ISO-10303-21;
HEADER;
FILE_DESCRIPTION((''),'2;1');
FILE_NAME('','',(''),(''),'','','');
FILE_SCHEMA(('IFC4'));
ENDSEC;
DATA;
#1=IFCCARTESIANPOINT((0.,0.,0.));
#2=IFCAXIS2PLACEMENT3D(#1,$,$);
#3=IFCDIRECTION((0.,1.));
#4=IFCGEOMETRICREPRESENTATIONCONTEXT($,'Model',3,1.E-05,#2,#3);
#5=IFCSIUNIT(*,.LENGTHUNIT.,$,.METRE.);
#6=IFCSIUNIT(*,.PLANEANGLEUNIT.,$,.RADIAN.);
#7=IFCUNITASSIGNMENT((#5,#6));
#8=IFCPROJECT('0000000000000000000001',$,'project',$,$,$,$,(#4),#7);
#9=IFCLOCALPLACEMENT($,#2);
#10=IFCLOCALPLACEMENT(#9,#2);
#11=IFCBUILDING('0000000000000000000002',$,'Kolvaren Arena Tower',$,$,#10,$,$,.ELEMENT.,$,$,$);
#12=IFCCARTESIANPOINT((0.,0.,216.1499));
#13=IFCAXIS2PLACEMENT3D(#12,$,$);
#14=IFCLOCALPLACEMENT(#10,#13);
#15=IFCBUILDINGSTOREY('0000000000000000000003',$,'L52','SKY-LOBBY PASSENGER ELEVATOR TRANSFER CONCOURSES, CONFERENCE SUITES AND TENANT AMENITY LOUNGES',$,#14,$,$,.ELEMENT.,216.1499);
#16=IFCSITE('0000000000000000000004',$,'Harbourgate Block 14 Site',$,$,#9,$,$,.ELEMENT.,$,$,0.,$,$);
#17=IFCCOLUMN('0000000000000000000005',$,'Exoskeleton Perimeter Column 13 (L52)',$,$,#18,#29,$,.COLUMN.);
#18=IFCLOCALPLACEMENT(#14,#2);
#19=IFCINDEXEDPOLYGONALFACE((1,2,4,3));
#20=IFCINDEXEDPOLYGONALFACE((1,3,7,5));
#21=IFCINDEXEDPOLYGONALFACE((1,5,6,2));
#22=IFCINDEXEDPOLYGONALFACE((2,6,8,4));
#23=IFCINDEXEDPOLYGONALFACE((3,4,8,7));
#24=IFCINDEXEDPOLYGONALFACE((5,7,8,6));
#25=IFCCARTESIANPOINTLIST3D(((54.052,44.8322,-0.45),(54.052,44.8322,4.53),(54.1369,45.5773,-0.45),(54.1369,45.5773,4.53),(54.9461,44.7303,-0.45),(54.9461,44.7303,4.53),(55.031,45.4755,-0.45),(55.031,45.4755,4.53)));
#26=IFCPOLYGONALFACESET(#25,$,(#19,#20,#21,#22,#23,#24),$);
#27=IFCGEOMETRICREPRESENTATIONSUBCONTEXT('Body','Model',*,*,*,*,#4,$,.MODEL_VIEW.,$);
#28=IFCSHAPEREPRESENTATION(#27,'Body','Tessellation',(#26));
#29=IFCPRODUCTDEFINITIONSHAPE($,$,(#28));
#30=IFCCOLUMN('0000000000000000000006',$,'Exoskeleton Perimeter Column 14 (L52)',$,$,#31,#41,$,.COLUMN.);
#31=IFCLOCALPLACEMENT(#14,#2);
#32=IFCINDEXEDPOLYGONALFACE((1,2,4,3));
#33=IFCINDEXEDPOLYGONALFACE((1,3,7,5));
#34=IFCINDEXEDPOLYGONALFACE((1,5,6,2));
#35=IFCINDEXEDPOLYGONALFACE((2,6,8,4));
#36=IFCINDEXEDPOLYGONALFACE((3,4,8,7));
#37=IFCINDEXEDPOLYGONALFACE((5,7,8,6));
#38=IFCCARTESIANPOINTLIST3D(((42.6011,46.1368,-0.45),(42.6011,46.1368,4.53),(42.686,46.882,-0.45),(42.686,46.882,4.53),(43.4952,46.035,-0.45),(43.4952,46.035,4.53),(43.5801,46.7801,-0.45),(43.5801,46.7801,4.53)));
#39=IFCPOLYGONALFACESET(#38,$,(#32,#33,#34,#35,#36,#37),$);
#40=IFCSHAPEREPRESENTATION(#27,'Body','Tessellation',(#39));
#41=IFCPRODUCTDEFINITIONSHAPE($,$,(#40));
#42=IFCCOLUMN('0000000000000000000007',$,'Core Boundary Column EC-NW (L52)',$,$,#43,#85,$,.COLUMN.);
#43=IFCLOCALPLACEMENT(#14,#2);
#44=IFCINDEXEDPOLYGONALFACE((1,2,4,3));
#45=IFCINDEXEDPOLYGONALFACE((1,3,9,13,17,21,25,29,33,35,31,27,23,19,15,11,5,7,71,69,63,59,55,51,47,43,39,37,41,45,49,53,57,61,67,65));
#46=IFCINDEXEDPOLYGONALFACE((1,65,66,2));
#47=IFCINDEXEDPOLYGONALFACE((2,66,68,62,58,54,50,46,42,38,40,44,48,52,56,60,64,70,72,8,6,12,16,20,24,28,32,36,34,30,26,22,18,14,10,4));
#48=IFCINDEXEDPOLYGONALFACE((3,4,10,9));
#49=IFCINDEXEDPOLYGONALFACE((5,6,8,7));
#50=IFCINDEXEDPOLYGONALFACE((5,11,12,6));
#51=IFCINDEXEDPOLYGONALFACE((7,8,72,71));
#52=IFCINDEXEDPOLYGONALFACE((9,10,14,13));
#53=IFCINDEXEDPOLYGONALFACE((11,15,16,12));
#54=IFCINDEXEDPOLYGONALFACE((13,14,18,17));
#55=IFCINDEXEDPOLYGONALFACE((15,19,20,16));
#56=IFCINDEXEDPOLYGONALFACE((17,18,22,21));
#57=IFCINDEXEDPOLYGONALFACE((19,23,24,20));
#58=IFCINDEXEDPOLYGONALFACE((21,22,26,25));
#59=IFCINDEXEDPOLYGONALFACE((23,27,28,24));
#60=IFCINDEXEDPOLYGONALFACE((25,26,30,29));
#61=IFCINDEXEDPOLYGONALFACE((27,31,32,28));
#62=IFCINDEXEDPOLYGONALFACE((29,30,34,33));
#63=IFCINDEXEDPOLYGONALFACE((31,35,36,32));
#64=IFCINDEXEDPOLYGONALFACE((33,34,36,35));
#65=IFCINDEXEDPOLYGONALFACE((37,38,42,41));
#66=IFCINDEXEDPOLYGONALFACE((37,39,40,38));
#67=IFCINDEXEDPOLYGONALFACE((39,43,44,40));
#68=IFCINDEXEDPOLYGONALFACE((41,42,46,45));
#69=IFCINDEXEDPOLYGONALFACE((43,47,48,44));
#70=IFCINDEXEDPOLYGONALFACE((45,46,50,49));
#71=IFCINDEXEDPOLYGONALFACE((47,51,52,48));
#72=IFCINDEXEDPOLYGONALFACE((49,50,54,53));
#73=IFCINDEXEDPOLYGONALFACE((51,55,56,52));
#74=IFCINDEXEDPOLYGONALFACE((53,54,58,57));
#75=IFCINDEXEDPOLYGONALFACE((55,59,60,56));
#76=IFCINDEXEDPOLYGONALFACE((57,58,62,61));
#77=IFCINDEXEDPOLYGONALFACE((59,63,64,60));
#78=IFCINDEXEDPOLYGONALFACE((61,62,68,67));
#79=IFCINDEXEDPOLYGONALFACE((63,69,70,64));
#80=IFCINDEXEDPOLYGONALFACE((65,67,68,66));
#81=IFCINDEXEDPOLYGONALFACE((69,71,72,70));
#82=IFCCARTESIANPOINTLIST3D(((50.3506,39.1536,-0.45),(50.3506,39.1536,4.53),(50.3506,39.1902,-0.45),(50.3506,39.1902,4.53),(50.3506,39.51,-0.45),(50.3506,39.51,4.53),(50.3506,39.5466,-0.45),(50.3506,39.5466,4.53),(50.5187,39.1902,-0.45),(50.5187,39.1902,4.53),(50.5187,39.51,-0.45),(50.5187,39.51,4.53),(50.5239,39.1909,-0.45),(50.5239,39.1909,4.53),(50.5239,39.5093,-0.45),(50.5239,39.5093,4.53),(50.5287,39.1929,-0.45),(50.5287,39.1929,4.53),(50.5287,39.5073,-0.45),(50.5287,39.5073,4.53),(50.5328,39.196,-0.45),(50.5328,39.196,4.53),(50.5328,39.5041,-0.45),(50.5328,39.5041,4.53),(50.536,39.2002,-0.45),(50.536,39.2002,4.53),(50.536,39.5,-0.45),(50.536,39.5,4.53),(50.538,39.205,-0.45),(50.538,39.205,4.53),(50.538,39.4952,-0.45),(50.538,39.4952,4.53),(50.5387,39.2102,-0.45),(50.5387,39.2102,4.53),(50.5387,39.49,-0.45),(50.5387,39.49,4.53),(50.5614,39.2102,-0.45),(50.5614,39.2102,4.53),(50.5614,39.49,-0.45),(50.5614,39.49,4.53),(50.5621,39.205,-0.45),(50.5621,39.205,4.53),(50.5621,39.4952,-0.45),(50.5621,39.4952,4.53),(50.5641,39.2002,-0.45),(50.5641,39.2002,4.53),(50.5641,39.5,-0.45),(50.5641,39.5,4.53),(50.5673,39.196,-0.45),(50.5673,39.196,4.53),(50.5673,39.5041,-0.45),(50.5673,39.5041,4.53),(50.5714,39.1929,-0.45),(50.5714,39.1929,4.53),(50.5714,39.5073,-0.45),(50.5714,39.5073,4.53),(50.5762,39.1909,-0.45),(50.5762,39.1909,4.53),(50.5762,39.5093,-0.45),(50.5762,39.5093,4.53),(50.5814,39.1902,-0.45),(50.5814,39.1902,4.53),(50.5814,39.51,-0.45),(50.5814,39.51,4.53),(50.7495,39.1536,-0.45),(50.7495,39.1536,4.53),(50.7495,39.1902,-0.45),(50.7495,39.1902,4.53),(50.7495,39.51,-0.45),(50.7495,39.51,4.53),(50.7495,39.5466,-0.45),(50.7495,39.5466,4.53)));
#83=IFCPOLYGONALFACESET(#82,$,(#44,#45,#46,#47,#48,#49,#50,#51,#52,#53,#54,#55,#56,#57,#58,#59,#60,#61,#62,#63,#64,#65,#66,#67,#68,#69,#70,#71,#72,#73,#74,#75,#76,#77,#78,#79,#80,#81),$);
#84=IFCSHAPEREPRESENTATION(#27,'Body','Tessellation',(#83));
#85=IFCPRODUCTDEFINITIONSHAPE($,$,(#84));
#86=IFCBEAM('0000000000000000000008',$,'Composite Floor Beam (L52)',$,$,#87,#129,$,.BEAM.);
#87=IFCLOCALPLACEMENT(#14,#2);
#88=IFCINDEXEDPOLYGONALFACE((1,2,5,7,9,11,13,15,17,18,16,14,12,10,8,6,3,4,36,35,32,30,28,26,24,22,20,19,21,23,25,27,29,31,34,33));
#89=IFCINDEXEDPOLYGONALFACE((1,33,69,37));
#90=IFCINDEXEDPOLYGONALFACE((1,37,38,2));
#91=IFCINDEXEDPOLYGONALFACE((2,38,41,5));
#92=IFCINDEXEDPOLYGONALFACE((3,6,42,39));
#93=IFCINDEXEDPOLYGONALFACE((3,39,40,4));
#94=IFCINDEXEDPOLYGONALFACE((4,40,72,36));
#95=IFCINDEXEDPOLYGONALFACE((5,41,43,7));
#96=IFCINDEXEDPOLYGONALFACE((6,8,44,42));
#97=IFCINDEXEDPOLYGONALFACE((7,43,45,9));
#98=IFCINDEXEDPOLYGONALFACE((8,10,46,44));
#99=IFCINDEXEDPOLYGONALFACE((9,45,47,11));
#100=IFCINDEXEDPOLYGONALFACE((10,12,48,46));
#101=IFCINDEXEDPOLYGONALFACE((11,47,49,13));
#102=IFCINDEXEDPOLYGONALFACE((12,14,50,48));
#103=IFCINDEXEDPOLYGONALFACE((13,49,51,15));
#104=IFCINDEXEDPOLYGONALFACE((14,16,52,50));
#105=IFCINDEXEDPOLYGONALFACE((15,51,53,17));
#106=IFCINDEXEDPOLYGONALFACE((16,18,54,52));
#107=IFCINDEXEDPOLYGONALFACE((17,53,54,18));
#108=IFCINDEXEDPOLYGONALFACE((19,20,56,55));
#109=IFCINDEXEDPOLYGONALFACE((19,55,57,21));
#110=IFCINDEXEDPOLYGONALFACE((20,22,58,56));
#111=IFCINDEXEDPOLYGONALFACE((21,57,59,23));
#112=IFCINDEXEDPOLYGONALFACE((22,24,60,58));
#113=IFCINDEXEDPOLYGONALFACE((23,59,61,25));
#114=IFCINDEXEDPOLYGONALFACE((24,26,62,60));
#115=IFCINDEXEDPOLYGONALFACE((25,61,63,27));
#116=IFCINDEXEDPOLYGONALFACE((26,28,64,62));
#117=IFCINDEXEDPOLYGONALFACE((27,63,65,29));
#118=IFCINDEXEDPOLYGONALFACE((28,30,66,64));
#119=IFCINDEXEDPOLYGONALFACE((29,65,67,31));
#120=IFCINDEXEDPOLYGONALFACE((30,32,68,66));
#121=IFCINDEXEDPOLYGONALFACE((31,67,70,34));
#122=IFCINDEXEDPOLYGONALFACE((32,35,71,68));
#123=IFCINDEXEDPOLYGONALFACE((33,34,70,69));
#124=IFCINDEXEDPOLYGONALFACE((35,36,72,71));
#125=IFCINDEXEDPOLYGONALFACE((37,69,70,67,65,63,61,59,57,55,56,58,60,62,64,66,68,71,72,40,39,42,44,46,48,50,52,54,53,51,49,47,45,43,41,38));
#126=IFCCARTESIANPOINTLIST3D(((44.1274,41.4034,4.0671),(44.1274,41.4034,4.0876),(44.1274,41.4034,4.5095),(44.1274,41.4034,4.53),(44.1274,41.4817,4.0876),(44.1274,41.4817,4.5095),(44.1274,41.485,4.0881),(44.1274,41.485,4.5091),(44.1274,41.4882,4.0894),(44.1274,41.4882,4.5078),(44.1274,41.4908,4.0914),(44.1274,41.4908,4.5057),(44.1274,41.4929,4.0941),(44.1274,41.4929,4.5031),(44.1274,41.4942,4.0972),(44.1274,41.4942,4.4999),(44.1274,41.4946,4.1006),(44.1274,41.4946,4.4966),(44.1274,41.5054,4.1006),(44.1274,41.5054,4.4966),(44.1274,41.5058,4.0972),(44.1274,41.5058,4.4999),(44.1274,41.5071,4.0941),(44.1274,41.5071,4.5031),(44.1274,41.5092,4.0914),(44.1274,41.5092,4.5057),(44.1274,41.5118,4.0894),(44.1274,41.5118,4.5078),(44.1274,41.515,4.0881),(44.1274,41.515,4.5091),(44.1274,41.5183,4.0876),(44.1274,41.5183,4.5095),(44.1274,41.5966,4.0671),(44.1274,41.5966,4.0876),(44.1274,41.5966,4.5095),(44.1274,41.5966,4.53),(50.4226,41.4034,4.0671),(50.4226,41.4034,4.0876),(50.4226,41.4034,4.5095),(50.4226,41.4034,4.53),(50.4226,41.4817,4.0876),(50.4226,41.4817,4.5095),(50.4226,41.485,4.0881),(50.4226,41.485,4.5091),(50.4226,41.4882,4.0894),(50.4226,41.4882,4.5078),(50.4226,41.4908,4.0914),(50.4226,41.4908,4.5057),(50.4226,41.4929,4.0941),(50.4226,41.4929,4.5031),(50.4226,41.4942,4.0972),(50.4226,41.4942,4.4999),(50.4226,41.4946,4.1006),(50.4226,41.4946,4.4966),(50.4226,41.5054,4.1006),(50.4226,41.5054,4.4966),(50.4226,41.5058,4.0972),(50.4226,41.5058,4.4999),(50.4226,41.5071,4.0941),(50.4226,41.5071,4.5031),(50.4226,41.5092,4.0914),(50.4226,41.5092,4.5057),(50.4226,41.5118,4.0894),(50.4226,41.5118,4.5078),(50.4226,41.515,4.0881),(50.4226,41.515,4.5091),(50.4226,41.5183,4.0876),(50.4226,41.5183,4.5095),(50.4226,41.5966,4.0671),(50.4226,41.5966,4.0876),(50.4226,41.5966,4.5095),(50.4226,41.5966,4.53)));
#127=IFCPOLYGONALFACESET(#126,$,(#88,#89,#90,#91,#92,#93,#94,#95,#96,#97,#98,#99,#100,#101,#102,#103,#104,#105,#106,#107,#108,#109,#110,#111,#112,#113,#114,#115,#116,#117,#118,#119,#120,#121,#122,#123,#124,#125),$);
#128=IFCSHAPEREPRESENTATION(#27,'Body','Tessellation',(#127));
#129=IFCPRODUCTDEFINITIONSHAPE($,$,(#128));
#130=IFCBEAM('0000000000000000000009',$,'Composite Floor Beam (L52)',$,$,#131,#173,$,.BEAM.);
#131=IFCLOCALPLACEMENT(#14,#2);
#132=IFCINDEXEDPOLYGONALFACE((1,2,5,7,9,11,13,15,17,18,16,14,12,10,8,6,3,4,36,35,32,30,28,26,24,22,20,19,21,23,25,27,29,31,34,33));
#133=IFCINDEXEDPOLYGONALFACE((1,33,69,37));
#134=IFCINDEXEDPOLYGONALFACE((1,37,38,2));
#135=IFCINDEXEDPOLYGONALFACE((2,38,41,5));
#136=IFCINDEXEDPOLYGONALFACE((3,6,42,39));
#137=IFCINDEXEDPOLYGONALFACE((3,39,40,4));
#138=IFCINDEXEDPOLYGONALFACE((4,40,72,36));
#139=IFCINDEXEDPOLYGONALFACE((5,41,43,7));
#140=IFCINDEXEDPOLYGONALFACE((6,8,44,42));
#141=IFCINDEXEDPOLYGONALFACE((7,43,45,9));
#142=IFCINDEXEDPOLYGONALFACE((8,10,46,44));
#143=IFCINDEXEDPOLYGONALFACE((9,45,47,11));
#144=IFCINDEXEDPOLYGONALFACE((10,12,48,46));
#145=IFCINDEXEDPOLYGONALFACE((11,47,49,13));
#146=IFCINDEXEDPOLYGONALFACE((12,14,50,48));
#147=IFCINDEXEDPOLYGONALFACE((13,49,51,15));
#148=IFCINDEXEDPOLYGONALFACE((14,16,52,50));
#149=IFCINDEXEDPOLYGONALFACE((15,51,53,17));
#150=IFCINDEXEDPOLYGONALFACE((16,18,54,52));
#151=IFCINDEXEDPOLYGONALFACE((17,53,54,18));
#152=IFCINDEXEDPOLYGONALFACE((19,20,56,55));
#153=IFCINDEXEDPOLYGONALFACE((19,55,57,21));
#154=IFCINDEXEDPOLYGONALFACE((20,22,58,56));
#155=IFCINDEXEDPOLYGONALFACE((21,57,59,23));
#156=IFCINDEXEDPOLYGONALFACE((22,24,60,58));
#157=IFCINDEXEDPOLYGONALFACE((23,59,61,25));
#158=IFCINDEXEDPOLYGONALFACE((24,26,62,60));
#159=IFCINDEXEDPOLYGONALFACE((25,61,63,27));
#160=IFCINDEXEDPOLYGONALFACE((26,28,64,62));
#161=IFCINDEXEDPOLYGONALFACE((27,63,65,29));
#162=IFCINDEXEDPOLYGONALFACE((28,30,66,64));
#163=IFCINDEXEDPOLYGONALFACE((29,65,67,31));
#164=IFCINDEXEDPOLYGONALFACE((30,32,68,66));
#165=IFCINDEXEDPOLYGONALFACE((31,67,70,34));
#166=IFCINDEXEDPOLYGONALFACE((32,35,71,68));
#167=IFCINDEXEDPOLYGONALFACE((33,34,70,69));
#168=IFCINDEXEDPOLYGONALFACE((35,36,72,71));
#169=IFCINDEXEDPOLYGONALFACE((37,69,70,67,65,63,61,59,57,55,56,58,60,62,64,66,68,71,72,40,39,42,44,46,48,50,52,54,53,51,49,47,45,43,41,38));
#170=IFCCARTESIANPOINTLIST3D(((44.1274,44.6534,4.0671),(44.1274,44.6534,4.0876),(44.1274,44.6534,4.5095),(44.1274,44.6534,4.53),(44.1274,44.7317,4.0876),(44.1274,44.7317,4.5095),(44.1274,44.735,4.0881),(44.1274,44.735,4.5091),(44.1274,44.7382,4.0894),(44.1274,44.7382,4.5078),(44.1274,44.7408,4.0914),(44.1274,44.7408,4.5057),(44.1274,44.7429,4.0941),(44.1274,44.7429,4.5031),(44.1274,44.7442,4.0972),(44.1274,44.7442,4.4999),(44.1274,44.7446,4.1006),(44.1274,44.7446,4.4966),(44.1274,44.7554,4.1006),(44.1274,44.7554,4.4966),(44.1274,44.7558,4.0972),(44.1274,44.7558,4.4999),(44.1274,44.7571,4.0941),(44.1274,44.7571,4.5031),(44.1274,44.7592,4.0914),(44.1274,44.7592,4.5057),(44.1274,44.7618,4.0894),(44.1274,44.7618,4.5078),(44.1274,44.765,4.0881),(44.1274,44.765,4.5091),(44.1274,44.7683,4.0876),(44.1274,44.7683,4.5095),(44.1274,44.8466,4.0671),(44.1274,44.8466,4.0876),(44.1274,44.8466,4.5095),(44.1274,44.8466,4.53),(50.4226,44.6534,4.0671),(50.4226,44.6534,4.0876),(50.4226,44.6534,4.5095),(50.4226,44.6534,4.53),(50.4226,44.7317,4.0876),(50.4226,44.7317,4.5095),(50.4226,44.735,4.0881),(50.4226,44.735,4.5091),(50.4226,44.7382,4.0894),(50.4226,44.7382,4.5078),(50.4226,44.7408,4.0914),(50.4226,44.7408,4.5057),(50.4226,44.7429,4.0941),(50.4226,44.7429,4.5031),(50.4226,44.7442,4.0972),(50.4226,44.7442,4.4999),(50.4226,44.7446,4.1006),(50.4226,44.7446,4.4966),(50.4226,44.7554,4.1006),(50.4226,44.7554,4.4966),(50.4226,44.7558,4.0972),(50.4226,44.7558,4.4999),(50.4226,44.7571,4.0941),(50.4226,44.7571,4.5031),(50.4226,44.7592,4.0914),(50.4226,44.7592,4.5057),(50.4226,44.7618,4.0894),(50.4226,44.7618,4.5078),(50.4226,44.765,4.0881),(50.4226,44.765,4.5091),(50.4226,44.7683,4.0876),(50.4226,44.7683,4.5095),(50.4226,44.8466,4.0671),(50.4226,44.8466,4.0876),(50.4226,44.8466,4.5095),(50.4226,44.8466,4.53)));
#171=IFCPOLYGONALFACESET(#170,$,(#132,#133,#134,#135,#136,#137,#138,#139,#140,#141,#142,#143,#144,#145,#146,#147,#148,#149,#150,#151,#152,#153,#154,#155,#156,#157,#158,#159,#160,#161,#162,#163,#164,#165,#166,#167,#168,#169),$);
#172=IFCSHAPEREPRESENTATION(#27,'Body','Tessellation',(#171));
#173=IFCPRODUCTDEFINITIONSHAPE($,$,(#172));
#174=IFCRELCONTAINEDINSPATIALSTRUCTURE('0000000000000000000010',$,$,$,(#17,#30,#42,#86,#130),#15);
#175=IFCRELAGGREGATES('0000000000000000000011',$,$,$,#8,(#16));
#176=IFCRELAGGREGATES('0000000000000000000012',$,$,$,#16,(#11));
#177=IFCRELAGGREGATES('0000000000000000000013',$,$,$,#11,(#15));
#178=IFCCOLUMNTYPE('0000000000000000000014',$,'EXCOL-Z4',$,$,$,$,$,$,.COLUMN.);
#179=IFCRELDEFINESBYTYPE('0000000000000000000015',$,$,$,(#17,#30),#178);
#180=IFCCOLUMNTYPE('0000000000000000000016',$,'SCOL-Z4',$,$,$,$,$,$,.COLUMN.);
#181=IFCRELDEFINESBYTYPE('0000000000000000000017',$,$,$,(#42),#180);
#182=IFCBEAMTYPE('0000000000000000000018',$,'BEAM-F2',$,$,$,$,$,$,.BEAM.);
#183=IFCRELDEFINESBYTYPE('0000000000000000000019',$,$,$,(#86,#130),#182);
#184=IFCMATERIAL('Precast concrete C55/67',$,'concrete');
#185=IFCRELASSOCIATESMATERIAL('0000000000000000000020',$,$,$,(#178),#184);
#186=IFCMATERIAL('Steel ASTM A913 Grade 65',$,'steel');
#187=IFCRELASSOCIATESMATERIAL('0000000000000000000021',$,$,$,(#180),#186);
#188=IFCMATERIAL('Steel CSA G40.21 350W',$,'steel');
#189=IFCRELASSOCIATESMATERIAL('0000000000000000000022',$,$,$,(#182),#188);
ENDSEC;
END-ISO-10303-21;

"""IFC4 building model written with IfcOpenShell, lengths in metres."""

from ifc_helpers import new_model, si_unit, direction, frame, origin, origin_2d, place, context, subcontext, project, spatial, rectangle, i_section, extrude, material, material_profile, profile_set, type_object, element, save


model = new_model("IFC4")

# Units and contexts
model_context = context("Model", 3, precision=1e-05, world=origin(), true_north=direction((0.0, 1.0)))
body_context = subcontext(model_context, "Body", "Model", "MODEL_VIEW")
ifc_project = project(units=[si_unit("LENGTHUNIT", "METRE"), si_unit("PLANEANGLEUNIT", "RADIAN")], contexts=[model_context])

# Site, building, storey
site_placement = place(None, origin())
site = spatial("IfcSite", under=ifc_project, at=site_placement, Name="Harbourgate Block 14 Site", CompositionType="ELEMENT", RefElevation=0.0)
building_placement = place(site_placement, origin())
building = spatial("IfcBuilding", under=site, at=building_placement, Name="Kolvaren Arena Tower", CompositionType="ELEMENT")
storey_placement = place(building_placement, frame((0.0, 0.0, 216.1499)))
storey = spatial("IfcBuildingStorey", under=building, at=storey_placement, Name="L52", Description="SKY-LOBBY PASSENGER ELEVATOR TRANSFER CONCOURSES, CONFERENCE SUITES AND TENANT AMENITY LOUNGES", CompositionType="ELEMENT", Elevation=216.1499)

# Columns
ifc_material_1 = material(Name="Precast concrete C55/67", Category="concrete")
ifc_material_profile_1 = material_profile(ifc_material_1, rectangle(XDim=0.8999, YDim=0.75, at=origin_2d()), Name="RC-900x750")
ifc_profile_set_1 = profile_set([ifc_material_profile_1], Name="Precast concrete C55/67")
column_type_1 = type_object("IfcColumnType", Name="EXCOL-Z4", PredefinedType="COLUMN", material=ifc_profile_set_1)
for number, where, z_axis, x_axis, name in (
    (1, (54.5415, 45.1538, -0.45), (0.0, 0.0, 1.0), (0.993572, -0.113203, 0.0), "Exoskeleton Perimeter Column 13 (L52)"),
    (2, (43.0906, 46.4585, -0.45), (0.0, 0.0, 1.0), (0.993572, -0.113203, 0.0), "Exoskeleton Perimeter Column 14 (L52)"),
):
    element("IfcColumn", number, at=place(storey_placement, frame(where, z_axis=z_axis, x_axis=x_axis)), inside=storey, type_object=column_type_1, Name=name, PredefinedType="COLUMN", context=body_context, shape_type="SweptSolid", body=[
        extrude(rectangle(XDim=0.8999, YDim=0.75, at=origin_2d()), origin(), (0.0, 0.0, 1.0), 4.98),
    ])
ifc_material_2 = material(Name="Steel ASTM A913 Grade 65", Category="steel")
ifc_material_profile_2 = material_profile(ifc_material_2, i_section(OverallWidth=0.3989, OverallDepth=0.3931, WebThickness=0.0227, FlangeThickness=0.0366, FilletRadius=0.02, at=origin_2d()), Name="W360x287")
ifc_profile_set_2 = profile_set([ifc_material_profile_2], Name="Steel ASTM A913 Grade 65")
column_type_2 = type_object("IfcColumnType", Name="SCOL-Z4", PredefinedType="COLUMN", material=ifc_profile_set_2)
column_placement = place(storey_placement, frame((50.55, 39.3501, -0.45), z_axis=(0.0, 0.0, 1.0), x_axis=(1.0, 0.0, 0.0)))
element("IfcColumn", 3, at=column_placement, inside=storey, type_object=column_type_2, Name="Core Boundary Column EC-NW (L52)", PredefinedType="COLUMN", context=body_context, shape_type="SweptSolid", body=[
    extrude(i_section(OverallWidth=0.3989, OverallDepth=0.3931, WebThickness=0.0227, FlangeThickness=0.0366, FilletRadius=0.02, at=origin_2d()), origin(), (0.0, 0.0, 1.0), 4.98),
])

# Beams
ifc_material_3 = material(Name="Steel CSA G40.21 350W", Category="steel")
ifc_material_profile_3 = material_profile(ifc_material_3, i_section(OverallWidth=0.1931, OverallDepth=0.4629, WebThickness=0.0107, FlangeThickness=0.0205, FilletRadius=0.0129, at=origin_2d()), Name="W460x113")
ifc_profile_set_3 = profile_set([ifc_material_profile_3], Name="Steel CSA G40.21 350W")
beam_type_1 = type_object("IfcBeamType", Name="BEAM-F2", PredefinedType="BEAM", material=ifc_profile_set_3)
for number, where, z_axis, x_axis, name in (
    (4, (44.1274, 41.5, 4.2986), (1.0, 0.0, 0.0), (0.0, 1.0, 0.0), "Composite Floor Beam (L52)"),
    (5, (44.1274, 44.75, 4.2986), (1.0, 0.0, 0.0), (0.0, 1.0, 0.0), "Composite Floor Beam (L52)"),
):
    element("IfcBeam", number, at=place(storey_placement, frame(where, z_axis=z_axis, x_axis=x_axis)), inside=storey, type_object=beam_type_1, Name=name, PredefinedType="BEAM", context=body_context, shape_type="SweptSolid", body=[
        extrude(i_section(OverallWidth=0.1931, OverallDepth=0.4629, WebThickness=0.0107, FlangeThickness=0.0205, FilletRadius=0.0129, at=origin_2d()), origin(), (0.0, 0.0, 1.0), 6.2952),
    ])

save(model, "model.ifc")
